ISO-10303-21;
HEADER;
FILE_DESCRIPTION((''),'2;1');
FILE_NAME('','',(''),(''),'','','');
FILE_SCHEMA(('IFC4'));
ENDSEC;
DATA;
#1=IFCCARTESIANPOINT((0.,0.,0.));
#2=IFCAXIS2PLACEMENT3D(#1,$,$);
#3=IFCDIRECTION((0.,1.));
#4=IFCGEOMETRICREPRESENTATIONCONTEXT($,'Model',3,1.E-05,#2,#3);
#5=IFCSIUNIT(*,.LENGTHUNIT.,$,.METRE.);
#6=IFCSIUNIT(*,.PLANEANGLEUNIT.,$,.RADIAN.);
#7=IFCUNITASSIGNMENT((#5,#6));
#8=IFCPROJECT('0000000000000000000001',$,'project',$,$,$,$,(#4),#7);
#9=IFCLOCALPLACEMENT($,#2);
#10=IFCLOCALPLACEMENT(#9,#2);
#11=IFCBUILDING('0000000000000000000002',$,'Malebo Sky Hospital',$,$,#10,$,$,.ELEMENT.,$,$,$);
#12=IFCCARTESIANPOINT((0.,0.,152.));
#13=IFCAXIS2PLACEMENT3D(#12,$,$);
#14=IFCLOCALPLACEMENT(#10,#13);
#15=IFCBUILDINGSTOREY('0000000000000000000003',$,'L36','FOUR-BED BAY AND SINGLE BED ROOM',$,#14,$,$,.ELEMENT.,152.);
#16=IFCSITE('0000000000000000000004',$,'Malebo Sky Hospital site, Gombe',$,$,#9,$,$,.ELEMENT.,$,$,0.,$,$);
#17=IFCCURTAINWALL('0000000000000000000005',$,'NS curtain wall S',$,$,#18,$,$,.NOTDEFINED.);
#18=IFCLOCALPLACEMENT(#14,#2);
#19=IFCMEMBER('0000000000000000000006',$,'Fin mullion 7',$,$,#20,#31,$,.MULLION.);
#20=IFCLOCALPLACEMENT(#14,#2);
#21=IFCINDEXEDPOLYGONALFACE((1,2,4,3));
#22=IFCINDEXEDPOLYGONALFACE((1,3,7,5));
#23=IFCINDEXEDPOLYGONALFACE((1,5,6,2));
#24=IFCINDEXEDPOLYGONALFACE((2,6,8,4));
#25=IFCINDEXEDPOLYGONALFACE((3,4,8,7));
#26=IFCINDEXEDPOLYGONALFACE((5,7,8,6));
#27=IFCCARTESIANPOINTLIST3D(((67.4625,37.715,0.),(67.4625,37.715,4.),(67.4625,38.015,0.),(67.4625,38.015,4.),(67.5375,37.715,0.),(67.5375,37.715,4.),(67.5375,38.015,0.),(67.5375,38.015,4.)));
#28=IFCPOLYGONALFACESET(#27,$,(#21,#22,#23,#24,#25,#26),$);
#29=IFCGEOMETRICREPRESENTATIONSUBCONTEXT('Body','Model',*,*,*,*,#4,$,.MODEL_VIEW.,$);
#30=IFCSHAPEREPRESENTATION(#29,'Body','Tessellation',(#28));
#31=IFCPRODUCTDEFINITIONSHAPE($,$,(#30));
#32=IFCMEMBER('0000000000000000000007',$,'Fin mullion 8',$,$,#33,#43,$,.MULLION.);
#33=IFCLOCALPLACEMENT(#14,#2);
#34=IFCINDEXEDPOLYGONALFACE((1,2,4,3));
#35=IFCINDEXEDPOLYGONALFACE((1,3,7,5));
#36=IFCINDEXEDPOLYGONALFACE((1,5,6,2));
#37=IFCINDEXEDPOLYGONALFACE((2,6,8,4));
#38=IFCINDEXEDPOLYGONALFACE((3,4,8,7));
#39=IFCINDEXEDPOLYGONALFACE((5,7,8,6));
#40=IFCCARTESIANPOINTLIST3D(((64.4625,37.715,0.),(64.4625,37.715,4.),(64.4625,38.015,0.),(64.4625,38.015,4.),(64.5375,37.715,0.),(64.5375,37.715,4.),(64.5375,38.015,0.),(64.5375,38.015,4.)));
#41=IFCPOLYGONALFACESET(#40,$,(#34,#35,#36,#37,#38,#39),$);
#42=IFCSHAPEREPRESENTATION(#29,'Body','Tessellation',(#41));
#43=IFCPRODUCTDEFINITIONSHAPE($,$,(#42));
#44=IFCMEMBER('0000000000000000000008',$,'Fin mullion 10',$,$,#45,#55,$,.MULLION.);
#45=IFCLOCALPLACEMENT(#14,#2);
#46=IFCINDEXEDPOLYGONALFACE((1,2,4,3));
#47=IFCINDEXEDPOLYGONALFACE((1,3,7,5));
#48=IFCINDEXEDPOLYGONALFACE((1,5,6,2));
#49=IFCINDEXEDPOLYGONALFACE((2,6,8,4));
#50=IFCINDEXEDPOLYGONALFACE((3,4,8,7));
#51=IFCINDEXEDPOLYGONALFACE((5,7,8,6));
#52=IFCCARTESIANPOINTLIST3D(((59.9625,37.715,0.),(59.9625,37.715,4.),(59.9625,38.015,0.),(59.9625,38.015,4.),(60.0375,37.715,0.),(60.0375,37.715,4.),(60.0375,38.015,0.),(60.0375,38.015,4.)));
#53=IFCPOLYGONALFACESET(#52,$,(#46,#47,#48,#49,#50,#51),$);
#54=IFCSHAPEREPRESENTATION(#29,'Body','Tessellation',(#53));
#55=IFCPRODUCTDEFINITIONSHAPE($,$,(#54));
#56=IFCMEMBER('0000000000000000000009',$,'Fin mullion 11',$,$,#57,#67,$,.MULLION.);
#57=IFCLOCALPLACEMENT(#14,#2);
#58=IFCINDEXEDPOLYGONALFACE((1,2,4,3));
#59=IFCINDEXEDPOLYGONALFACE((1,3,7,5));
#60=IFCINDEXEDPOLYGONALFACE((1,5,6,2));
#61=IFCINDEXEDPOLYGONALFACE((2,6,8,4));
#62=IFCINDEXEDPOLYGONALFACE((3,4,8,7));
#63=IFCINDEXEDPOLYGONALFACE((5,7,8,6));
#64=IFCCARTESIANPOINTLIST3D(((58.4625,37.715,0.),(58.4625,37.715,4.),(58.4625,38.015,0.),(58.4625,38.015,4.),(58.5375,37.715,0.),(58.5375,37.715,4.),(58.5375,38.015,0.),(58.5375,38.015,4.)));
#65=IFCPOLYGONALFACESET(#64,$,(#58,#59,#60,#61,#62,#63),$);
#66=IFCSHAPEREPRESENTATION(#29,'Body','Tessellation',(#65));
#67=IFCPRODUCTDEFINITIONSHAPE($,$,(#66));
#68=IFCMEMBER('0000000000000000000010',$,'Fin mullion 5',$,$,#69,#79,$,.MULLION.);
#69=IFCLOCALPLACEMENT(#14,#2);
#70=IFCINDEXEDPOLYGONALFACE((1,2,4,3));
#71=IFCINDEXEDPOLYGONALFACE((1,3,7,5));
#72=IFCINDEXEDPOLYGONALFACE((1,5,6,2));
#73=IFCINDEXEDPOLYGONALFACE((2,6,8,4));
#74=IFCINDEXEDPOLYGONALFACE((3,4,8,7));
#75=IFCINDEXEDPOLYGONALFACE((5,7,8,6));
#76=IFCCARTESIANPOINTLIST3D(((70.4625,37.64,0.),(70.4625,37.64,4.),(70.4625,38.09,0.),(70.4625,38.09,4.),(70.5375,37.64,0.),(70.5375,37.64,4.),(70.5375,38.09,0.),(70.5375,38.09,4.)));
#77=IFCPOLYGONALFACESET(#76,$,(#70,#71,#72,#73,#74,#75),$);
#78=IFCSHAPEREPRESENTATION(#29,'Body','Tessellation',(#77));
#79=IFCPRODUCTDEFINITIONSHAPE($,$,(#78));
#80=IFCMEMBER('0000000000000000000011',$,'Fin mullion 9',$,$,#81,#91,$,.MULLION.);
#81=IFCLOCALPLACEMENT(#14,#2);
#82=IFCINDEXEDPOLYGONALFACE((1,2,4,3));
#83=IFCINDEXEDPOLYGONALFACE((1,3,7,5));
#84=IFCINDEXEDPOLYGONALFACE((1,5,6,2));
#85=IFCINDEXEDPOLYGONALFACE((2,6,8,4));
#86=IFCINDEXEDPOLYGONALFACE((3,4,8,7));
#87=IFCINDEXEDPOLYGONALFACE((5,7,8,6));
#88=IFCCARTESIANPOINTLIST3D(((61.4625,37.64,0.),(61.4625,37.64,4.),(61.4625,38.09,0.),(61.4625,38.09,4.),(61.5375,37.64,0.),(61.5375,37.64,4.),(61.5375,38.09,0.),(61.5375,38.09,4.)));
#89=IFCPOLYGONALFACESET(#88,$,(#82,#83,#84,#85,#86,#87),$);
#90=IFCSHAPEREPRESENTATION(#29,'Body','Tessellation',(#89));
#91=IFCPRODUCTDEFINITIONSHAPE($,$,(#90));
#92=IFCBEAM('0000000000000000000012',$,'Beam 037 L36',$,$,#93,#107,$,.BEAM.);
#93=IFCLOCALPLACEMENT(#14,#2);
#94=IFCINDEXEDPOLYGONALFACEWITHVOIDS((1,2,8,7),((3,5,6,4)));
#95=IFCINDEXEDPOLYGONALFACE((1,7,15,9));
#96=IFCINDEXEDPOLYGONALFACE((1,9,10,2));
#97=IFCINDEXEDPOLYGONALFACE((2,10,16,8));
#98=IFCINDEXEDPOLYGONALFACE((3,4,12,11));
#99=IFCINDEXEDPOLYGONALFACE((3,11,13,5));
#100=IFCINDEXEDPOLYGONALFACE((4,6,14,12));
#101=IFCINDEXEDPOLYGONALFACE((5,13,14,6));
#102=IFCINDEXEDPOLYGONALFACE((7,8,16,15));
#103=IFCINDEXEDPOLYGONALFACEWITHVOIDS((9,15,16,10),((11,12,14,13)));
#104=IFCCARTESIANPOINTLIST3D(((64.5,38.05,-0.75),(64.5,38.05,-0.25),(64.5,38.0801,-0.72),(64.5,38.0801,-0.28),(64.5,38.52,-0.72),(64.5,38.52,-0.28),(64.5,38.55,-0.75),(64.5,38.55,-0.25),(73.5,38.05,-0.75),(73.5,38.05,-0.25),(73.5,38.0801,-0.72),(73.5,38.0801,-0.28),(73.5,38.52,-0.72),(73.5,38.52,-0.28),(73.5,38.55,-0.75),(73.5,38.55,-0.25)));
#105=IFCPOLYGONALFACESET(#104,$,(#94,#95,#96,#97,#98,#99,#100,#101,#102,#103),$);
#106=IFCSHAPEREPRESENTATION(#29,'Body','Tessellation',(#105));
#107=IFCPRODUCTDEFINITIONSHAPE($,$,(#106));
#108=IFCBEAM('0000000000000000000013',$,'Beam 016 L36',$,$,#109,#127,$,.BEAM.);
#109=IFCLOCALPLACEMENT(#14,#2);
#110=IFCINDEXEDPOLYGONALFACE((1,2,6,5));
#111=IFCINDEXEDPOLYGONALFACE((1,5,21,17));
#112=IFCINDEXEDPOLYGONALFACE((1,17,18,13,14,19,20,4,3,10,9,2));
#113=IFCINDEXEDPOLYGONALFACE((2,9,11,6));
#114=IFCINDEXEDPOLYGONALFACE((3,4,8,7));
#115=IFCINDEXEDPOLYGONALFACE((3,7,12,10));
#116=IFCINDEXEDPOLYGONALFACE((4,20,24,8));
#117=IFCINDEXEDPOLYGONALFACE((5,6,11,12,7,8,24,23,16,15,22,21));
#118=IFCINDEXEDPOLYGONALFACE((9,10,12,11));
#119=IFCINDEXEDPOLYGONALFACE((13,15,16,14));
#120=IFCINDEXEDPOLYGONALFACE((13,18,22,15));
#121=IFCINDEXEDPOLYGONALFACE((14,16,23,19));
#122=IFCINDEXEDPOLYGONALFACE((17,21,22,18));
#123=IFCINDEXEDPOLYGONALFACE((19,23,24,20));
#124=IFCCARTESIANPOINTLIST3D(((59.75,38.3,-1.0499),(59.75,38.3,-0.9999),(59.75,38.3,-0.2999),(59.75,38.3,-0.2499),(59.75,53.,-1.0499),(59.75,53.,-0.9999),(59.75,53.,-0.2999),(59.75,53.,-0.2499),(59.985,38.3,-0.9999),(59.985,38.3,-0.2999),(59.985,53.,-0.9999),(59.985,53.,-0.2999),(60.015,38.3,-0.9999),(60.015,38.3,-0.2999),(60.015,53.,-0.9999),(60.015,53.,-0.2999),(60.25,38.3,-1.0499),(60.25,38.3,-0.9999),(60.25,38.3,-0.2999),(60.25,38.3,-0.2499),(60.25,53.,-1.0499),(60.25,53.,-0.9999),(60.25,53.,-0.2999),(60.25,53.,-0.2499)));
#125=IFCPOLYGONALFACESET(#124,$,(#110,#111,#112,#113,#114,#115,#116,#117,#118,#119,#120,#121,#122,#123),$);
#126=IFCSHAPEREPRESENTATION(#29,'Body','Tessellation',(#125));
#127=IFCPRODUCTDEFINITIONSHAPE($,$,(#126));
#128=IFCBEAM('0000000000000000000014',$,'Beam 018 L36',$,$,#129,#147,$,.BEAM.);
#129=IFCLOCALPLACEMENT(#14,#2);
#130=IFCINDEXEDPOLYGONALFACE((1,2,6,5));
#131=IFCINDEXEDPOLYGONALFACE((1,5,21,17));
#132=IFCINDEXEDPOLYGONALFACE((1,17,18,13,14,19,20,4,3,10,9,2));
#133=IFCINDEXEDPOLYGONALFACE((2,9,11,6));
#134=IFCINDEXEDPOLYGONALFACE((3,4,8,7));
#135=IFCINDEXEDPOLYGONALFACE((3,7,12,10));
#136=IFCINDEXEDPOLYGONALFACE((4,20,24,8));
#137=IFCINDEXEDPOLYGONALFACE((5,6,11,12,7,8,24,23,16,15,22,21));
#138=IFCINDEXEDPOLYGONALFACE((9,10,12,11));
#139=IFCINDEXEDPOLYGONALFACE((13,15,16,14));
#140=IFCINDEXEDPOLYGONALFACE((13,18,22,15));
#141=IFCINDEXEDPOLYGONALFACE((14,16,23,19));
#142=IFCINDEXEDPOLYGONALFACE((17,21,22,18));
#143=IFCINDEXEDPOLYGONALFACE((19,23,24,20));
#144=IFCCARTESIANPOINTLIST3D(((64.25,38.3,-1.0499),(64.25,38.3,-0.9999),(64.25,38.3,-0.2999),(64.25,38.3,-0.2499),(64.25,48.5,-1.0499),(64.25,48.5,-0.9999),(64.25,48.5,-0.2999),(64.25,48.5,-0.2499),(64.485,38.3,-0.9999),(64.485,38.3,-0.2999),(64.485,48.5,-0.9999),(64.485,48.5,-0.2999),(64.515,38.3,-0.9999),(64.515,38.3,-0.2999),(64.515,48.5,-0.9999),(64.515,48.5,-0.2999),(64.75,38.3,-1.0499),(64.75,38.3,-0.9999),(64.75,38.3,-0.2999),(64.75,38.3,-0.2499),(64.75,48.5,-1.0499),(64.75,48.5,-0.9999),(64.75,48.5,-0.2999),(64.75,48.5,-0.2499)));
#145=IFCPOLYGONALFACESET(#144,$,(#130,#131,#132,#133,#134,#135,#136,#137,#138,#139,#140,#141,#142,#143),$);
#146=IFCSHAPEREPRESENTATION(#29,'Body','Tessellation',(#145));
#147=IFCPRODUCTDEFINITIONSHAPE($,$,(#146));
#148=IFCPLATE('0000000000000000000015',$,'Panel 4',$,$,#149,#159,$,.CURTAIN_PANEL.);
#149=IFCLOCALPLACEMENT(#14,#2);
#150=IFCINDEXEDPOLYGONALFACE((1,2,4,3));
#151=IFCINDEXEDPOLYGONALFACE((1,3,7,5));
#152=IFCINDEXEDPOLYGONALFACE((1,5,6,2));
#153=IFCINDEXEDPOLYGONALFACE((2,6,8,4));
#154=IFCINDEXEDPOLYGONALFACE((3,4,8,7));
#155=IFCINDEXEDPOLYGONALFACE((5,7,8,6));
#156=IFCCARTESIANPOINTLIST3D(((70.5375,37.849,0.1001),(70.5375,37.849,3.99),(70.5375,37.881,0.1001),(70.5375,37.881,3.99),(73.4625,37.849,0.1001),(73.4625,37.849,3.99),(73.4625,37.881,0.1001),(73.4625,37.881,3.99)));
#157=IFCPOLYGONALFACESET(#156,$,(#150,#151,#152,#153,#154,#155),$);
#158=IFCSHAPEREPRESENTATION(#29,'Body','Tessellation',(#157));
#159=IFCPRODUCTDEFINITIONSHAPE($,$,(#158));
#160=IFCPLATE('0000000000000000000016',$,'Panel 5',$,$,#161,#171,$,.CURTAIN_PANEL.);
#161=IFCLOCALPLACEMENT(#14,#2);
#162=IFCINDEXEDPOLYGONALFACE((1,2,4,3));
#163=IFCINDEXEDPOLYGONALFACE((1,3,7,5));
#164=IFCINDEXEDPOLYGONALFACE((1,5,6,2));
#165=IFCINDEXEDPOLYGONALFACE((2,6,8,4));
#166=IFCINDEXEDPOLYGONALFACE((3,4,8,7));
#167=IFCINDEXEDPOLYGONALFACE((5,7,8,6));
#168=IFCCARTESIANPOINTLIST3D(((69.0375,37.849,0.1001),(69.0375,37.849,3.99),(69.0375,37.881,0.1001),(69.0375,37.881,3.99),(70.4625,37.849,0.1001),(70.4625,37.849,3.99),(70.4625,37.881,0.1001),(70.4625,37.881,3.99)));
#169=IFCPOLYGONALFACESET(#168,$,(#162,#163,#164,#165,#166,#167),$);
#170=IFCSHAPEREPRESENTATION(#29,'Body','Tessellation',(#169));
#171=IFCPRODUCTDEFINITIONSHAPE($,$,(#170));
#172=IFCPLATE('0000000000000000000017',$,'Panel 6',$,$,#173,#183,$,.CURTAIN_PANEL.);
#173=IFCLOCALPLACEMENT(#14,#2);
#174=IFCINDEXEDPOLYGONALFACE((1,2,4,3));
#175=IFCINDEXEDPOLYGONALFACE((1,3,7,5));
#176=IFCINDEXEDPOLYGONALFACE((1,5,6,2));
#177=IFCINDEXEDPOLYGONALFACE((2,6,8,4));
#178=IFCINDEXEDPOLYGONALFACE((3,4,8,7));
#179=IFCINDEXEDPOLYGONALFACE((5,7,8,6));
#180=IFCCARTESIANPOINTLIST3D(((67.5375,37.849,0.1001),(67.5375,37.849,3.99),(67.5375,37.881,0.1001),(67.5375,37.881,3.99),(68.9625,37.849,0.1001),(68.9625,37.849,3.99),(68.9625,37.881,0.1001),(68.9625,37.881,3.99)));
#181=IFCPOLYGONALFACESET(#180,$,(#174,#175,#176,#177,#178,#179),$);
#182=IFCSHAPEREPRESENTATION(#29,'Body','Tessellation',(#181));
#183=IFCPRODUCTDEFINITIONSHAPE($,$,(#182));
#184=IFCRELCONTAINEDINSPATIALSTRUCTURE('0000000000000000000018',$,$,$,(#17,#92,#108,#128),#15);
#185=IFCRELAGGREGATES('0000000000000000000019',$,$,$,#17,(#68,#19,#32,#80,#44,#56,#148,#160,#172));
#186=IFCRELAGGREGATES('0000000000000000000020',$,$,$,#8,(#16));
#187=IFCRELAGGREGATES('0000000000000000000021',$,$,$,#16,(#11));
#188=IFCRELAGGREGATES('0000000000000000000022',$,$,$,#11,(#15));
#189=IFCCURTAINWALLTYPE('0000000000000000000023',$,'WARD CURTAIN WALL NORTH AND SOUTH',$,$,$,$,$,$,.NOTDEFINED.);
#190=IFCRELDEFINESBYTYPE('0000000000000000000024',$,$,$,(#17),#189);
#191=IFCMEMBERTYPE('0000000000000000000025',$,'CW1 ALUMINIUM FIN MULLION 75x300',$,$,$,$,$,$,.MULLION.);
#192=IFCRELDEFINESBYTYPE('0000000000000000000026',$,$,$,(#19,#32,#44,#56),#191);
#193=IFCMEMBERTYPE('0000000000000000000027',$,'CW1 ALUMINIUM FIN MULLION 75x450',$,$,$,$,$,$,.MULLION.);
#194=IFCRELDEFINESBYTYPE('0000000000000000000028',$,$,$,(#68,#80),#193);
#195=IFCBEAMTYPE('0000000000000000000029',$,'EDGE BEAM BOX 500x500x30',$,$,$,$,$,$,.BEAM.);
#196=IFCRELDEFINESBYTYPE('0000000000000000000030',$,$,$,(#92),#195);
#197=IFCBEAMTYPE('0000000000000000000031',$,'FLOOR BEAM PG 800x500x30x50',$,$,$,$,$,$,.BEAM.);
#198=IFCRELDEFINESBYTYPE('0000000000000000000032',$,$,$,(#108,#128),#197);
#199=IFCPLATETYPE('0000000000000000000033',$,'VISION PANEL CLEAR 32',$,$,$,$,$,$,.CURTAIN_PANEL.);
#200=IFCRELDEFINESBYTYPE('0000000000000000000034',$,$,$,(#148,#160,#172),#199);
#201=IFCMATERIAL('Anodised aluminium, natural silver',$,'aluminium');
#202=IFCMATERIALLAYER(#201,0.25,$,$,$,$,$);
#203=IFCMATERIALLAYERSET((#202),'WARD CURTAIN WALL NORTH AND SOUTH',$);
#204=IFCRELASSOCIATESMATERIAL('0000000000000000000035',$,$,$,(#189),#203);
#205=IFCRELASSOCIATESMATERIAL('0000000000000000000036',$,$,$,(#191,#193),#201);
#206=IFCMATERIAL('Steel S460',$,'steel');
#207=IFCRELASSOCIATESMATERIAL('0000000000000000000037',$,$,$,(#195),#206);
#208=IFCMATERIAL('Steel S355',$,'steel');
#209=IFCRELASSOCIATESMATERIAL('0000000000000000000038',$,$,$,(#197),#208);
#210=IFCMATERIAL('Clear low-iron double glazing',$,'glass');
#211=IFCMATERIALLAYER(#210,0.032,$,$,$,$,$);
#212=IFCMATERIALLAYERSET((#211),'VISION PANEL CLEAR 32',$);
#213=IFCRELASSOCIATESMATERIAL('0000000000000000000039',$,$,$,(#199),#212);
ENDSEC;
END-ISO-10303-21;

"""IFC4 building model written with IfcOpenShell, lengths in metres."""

from ifc_helpers import new_model, si_unit, direction, frame, origin, origin_2d, place, context, subcontext, project, spatial, rectangle, hollow_rectangle, i_section, extrude, material, layer, layer_set, material_profile, profile_set, type_object, element, aggregate, save


model = new_model("IFC4")

# Units and contexts
model_context = context("Model", 3, precision=1e-05, world=origin(), true_north=direction((0.0, 1.0)))
body_context = subcontext(model_context, "Body", "Model", "MODEL_VIEW")
ifc_project = project(units=[si_unit("LENGTHUNIT", "METRE"), si_unit("PLANEANGLEUNIT", "RADIAN")], contexts=[model_context])

# Site, building, storey
site_placement = place(None, origin())
site = spatial("IfcSite", under=ifc_project, at=site_placement, Name="Malebo Sky Hospital site, Gombe", CompositionType="ELEMENT", RefElevation=0.0)
building_placement = place(site_placement, origin())
building = spatial("IfcBuilding", under=site, at=building_placement, Name="Malebo Sky Hospital", CompositionType="ELEMENT")
storey_placement = place(building_placement, frame((0.0, 0.0, 152.0)))
storey = spatial("IfcBuildingStorey", under=building, at=storey_placement, Name="L36", Description="FOUR-BED BAY AND SINGLE BED ROOM", CompositionType="ELEMENT", Elevation=152.0)

# Shared definitions
ifc_material_1 = material(Name="Steel S460", Category="steel")

# Curtain wall
ifc_material_2 = material(Name="Anodised aluminium, natural silver", Category="aluminium")
ifc_layer_1 = layer(ifc_material_2, 0.25)
ifc_layer_set_1 = layer_set([ifc_layer_1], Name="WARD CURTAIN WALL NORTH AND SOUTH")
curtain_wall_type = type_object("IfcCurtainWallType", Name="WARD CURTAIN WALL NORTH AND SOUTH", PredefinedType="NOTDEFINED", material=ifc_layer_set_1)
curtain_wall_placement = place(storey_placement, origin())
curtain_wall = element("IfcCurtainWall", 1, at=curtain_wall_placement, inside=storey, type_object=curtain_wall_type, Name="NS curtain wall S", PredefinedType="NOTDEFINED")

# Members
ifc_material_3 = material(Name="Steel S355", Category="steel")
ifc_material_profile_1 = material_profile(ifc_material_2, rectangle(XDim=0.075, YDim=0.3, at=origin_2d()), Name="CW1 ALUMINIUM FIN MULLION 75x300")
ifc_profile_set_1 = profile_set([ifc_material_profile_1], Name="Anodised aluminium, natural silver")
member_type_1 = type_object("IfcMemberType", Name="CW1 ALUMINIUM FIN MULLION 75x300", PredefinedType="MULLION", material=ifc_profile_set_1)
member_1_placement = place(storey_placement, frame((67.5, 37.865, 0.0), z_axis=(0.0, 0.0, 1.0), x_axis=(-1.0, 0.0, 0.0)))
member_1 = element("IfcMember", 2, at=member_1_placement, type_object=member_type_1, Name="Fin mullion 7", PredefinedType="MULLION", context=body_context, shape_type="SweptSolid", body=[
    extrude(rectangle(XDim=0.075, YDim=0.3, at=origin_2d()), origin(), (0.0, 0.0, 1.0), 4.0),
])
member_2_placement = place(storey_placement, frame((64.5, 37.865, 0.0), z_axis=(0.0, 0.0, 1.0), x_axis=(-1.0, 0.0, 0.0)))
member_2 = element("IfcMember", 3, at=member_2_placement, type_object=member_type_1, Name="Fin mullion 8", PredefinedType="MULLION", context=body_context, shape_type="SweptSolid", body=[
    extrude(rectangle(XDim=0.075, YDim=0.3, at=origin_2d()), origin(), (0.0, 0.0, 1.0), 4.0),
])
member_3_placement = place(storey_placement, frame((60.0, 37.865, 0.0), z_axis=(0.0, 0.0, 1.0), x_axis=(-1.0, 0.0, 0.0)))
member_3 = element("IfcMember", 4, at=member_3_placement, type_object=member_type_1, Name="Fin mullion 10", PredefinedType="MULLION", context=body_context, shape_type="SweptSolid", body=[
    extrude(rectangle(XDim=0.075, YDim=0.3, at=origin_2d()), origin(), (0.0, 0.0, 1.0), 4.0),
])
member_4_placement = place(storey_placement, frame((58.5, 37.865, 0.0), z_axis=(0.0, 0.0, 1.0), x_axis=(-1.0, 0.0, 0.0)))
member_4 = element("IfcMember", 5, at=member_4_placement, type_object=member_type_1, Name="Fin mullion 11", PredefinedType="MULLION", context=body_context, shape_type="SweptSolid", body=[
    extrude(rectangle(XDim=0.075, YDim=0.3, at=origin_2d()), origin(), (0.0, 0.0, 1.0), 4.0),
])
ifc_material_profile_2 = material_profile(ifc_material_2, rectangle(XDim=0.075, YDim=0.45, at=origin_2d()), Name="CW1 ALUMINIUM FIN MULLION 75x450")
ifc_profile_set_2 = profile_set([ifc_material_profile_2], Name="Anodised aluminium, natural silver")
member_type_2 = type_object("IfcMemberType", Name="CW1 ALUMINIUM FIN MULLION 75x450", PredefinedType="MULLION", material=ifc_profile_set_2)
member_5_placement = place(storey_placement, frame((70.5, 37.865, 0.0), z_axis=(0.0, 0.0, 1.0), x_axis=(-1.0, 0.0, 0.0)))
member_5 = element("IfcMember", 6, at=member_5_placement, type_object=member_type_2, Name="Fin mullion 5", PredefinedType="MULLION", context=body_context, shape_type="SweptSolid", body=[
    extrude(rectangle(XDim=0.075, YDim=0.45, at=origin_2d()), origin(), (0.0, 0.0, 1.0), 4.0),
])
member_6_placement = place(storey_placement, frame((61.5, 37.865, 0.0), z_axis=(0.0, 0.0, 1.0), x_axis=(-1.0, 0.0, 0.0)))
member_6 = element("IfcMember", 7, at=member_6_placement, type_object=member_type_2, Name="Fin mullion 9", PredefinedType="MULLION", context=body_context, shape_type="SweptSolid", body=[
    extrude(rectangle(XDim=0.075, YDim=0.45, at=origin_2d()), origin(), (0.0, 0.0, 1.0), 4.0),
])

# Beams
ifc_material_profile_3 = material_profile(ifc_material_1, hollow_rectangle(XDim=0.5, YDim=0.5, WallThickness=0.03, at=origin_2d()), Name="BOX 500x500x30")
ifc_profile_set_3 = profile_set([ifc_material_profile_3], Name="Steel S460")
beam_type_1 = type_object("IfcBeamType", Name="EDGE BEAM BOX 500x500x30", PredefinedType="BEAM", material=ifc_profile_set_3)
beam_1_placement = place(storey_placement, frame((64.5, 38.3, -0.5), z_axis=(1.0, 0.0, 0.0), x_axis=(0.0, 1.0, 0.0)))
element("IfcBeam", 8, at=beam_1_placement, inside=storey, type_object=beam_type_1, Name="Beam 037 L36", PredefinedType="BEAM", context=body_context, shape_type="SweptSolid", body=[
    extrude(hollow_rectangle(XDim=0.5, YDim=0.5, WallThickness=0.03, at=origin_2d()), origin(), (0.0, 0.0, 1.0), 9.0),
])
ifc_material_profile_4 = material_profile(ifc_material_3, i_section(OverallWidth=0.5, OverallDepth=0.8, WebThickness=0.03, FlangeThickness=0.05, at=origin_2d()), Name="PG 800x500x30x50")
ifc_profile_set_4 = profile_set([ifc_material_profile_4], Name="Steel S355")
beam_type_2 = type_object("IfcBeamType", Name="FLOOR BEAM PG 800x500x30x50", PredefinedType="BEAM", material=ifc_profile_set_4)
beam_2_placement = place(storey_placement, frame((60.0, 38.3, -0.6499), z_axis=(0.0, 1.0, 0.0), x_axis=(-1.0, 0.0, 0.0)))
element("IfcBeam", 9, at=beam_2_placement, inside=storey, type_object=beam_type_2, Name="Beam 016 L36", PredefinedType="BEAM", context=body_context, shape_type="SweptSolid", body=[
    extrude(i_section(OverallWidth=0.5, OverallDepth=0.8, WebThickness=0.03, FlangeThickness=0.05, at=origin_2d()), origin(), (0.0, 0.0, 1.0), 14.7),
])
beam_3_placement = place(storey_placement, frame((64.5, 38.3, -0.6499), z_axis=(0.0, 1.0, 0.0), x_axis=(-1.0, 0.0, 0.0)))
element("IfcBeam", 10, at=beam_3_placement, inside=storey, type_object=beam_type_2, Name="Beam 018 L36", PredefinedType="BEAM", context=body_context, shape_type="SweptSolid", body=[
    extrude(i_section(OverallWidth=0.5, OverallDepth=0.8, WebThickness=0.03, FlangeThickness=0.05, at=origin_2d()), origin(), (0.0, 0.0, 1.0), 10.2),
])

# Plates
ifc_material_4 = material(Name="Clear low-iron double glazing", Category="glass")
ifc_layer_2 = layer(ifc_material_4, 0.032)
ifc_layer_set_2 = layer_set([ifc_layer_2], Name="VISION PANEL CLEAR 32")
plate_type = type_object("IfcPlateType", Name="VISION PANEL CLEAR 32", PredefinedType="CURTAIN_PANEL", material=ifc_layer_set_2)
plate_1_placement = place(storey_placement, frame((72.0, 37.865, 0.1001), z_axis=(0.0, 0.0, 1.0), x_axis=(-1.0, 0.0, 0.0)))
plate_1 = element("IfcPlate", 11, at=plate_1_placement, type_object=plate_type, Name="Panel 4", PredefinedType="CURTAIN_PANEL", context=body_context, shape_type="SweptSolid", body=[
    extrude(rectangle(XDim=2.925, YDim=0.032, at=origin_2d()), origin(), (0.0, 0.0, 1.0), 3.8899),
])
plate_2_placement = place(storey_placement, frame((69.75, 37.865, 0.1001), z_axis=(0.0, 0.0, 1.0), x_axis=(-1.0, 0.0, 0.0)))
plate_2 = element("IfcPlate", 12, at=plate_2_placement, type_object=plate_type, Name="Panel 5", PredefinedType="CURTAIN_PANEL", context=body_context, shape_type="SweptSolid", body=[
    extrude(rectangle(XDim=1.425, YDim=0.032, at=origin_2d()), origin(), (0.0, 0.0, 1.0), 3.8899),
])
plate_3_placement = place(storey_placement, frame((68.25, 37.865, 0.1001), z_axis=(0.0, 0.0, 1.0), x_axis=(-1.0, 0.0, 0.0)))
plate_3 = element("IfcPlate", 13, at=plate_3_placement, type_object=plate_type, Name="Panel 6", PredefinedType="CURTAIN_PANEL", context=body_context, shape_type="SweptSolid", body=[
    extrude(rectangle(XDim=1.425, YDim=0.032, at=origin_2d()), origin(), (0.0, 0.0, 1.0), 3.8899),
])
aggregate(curtain_wall, [member_5, member_1, member_2, member_6, member_3, member_4, plate_1, plate_2, plate_3])

save(model, "model.ifc")
